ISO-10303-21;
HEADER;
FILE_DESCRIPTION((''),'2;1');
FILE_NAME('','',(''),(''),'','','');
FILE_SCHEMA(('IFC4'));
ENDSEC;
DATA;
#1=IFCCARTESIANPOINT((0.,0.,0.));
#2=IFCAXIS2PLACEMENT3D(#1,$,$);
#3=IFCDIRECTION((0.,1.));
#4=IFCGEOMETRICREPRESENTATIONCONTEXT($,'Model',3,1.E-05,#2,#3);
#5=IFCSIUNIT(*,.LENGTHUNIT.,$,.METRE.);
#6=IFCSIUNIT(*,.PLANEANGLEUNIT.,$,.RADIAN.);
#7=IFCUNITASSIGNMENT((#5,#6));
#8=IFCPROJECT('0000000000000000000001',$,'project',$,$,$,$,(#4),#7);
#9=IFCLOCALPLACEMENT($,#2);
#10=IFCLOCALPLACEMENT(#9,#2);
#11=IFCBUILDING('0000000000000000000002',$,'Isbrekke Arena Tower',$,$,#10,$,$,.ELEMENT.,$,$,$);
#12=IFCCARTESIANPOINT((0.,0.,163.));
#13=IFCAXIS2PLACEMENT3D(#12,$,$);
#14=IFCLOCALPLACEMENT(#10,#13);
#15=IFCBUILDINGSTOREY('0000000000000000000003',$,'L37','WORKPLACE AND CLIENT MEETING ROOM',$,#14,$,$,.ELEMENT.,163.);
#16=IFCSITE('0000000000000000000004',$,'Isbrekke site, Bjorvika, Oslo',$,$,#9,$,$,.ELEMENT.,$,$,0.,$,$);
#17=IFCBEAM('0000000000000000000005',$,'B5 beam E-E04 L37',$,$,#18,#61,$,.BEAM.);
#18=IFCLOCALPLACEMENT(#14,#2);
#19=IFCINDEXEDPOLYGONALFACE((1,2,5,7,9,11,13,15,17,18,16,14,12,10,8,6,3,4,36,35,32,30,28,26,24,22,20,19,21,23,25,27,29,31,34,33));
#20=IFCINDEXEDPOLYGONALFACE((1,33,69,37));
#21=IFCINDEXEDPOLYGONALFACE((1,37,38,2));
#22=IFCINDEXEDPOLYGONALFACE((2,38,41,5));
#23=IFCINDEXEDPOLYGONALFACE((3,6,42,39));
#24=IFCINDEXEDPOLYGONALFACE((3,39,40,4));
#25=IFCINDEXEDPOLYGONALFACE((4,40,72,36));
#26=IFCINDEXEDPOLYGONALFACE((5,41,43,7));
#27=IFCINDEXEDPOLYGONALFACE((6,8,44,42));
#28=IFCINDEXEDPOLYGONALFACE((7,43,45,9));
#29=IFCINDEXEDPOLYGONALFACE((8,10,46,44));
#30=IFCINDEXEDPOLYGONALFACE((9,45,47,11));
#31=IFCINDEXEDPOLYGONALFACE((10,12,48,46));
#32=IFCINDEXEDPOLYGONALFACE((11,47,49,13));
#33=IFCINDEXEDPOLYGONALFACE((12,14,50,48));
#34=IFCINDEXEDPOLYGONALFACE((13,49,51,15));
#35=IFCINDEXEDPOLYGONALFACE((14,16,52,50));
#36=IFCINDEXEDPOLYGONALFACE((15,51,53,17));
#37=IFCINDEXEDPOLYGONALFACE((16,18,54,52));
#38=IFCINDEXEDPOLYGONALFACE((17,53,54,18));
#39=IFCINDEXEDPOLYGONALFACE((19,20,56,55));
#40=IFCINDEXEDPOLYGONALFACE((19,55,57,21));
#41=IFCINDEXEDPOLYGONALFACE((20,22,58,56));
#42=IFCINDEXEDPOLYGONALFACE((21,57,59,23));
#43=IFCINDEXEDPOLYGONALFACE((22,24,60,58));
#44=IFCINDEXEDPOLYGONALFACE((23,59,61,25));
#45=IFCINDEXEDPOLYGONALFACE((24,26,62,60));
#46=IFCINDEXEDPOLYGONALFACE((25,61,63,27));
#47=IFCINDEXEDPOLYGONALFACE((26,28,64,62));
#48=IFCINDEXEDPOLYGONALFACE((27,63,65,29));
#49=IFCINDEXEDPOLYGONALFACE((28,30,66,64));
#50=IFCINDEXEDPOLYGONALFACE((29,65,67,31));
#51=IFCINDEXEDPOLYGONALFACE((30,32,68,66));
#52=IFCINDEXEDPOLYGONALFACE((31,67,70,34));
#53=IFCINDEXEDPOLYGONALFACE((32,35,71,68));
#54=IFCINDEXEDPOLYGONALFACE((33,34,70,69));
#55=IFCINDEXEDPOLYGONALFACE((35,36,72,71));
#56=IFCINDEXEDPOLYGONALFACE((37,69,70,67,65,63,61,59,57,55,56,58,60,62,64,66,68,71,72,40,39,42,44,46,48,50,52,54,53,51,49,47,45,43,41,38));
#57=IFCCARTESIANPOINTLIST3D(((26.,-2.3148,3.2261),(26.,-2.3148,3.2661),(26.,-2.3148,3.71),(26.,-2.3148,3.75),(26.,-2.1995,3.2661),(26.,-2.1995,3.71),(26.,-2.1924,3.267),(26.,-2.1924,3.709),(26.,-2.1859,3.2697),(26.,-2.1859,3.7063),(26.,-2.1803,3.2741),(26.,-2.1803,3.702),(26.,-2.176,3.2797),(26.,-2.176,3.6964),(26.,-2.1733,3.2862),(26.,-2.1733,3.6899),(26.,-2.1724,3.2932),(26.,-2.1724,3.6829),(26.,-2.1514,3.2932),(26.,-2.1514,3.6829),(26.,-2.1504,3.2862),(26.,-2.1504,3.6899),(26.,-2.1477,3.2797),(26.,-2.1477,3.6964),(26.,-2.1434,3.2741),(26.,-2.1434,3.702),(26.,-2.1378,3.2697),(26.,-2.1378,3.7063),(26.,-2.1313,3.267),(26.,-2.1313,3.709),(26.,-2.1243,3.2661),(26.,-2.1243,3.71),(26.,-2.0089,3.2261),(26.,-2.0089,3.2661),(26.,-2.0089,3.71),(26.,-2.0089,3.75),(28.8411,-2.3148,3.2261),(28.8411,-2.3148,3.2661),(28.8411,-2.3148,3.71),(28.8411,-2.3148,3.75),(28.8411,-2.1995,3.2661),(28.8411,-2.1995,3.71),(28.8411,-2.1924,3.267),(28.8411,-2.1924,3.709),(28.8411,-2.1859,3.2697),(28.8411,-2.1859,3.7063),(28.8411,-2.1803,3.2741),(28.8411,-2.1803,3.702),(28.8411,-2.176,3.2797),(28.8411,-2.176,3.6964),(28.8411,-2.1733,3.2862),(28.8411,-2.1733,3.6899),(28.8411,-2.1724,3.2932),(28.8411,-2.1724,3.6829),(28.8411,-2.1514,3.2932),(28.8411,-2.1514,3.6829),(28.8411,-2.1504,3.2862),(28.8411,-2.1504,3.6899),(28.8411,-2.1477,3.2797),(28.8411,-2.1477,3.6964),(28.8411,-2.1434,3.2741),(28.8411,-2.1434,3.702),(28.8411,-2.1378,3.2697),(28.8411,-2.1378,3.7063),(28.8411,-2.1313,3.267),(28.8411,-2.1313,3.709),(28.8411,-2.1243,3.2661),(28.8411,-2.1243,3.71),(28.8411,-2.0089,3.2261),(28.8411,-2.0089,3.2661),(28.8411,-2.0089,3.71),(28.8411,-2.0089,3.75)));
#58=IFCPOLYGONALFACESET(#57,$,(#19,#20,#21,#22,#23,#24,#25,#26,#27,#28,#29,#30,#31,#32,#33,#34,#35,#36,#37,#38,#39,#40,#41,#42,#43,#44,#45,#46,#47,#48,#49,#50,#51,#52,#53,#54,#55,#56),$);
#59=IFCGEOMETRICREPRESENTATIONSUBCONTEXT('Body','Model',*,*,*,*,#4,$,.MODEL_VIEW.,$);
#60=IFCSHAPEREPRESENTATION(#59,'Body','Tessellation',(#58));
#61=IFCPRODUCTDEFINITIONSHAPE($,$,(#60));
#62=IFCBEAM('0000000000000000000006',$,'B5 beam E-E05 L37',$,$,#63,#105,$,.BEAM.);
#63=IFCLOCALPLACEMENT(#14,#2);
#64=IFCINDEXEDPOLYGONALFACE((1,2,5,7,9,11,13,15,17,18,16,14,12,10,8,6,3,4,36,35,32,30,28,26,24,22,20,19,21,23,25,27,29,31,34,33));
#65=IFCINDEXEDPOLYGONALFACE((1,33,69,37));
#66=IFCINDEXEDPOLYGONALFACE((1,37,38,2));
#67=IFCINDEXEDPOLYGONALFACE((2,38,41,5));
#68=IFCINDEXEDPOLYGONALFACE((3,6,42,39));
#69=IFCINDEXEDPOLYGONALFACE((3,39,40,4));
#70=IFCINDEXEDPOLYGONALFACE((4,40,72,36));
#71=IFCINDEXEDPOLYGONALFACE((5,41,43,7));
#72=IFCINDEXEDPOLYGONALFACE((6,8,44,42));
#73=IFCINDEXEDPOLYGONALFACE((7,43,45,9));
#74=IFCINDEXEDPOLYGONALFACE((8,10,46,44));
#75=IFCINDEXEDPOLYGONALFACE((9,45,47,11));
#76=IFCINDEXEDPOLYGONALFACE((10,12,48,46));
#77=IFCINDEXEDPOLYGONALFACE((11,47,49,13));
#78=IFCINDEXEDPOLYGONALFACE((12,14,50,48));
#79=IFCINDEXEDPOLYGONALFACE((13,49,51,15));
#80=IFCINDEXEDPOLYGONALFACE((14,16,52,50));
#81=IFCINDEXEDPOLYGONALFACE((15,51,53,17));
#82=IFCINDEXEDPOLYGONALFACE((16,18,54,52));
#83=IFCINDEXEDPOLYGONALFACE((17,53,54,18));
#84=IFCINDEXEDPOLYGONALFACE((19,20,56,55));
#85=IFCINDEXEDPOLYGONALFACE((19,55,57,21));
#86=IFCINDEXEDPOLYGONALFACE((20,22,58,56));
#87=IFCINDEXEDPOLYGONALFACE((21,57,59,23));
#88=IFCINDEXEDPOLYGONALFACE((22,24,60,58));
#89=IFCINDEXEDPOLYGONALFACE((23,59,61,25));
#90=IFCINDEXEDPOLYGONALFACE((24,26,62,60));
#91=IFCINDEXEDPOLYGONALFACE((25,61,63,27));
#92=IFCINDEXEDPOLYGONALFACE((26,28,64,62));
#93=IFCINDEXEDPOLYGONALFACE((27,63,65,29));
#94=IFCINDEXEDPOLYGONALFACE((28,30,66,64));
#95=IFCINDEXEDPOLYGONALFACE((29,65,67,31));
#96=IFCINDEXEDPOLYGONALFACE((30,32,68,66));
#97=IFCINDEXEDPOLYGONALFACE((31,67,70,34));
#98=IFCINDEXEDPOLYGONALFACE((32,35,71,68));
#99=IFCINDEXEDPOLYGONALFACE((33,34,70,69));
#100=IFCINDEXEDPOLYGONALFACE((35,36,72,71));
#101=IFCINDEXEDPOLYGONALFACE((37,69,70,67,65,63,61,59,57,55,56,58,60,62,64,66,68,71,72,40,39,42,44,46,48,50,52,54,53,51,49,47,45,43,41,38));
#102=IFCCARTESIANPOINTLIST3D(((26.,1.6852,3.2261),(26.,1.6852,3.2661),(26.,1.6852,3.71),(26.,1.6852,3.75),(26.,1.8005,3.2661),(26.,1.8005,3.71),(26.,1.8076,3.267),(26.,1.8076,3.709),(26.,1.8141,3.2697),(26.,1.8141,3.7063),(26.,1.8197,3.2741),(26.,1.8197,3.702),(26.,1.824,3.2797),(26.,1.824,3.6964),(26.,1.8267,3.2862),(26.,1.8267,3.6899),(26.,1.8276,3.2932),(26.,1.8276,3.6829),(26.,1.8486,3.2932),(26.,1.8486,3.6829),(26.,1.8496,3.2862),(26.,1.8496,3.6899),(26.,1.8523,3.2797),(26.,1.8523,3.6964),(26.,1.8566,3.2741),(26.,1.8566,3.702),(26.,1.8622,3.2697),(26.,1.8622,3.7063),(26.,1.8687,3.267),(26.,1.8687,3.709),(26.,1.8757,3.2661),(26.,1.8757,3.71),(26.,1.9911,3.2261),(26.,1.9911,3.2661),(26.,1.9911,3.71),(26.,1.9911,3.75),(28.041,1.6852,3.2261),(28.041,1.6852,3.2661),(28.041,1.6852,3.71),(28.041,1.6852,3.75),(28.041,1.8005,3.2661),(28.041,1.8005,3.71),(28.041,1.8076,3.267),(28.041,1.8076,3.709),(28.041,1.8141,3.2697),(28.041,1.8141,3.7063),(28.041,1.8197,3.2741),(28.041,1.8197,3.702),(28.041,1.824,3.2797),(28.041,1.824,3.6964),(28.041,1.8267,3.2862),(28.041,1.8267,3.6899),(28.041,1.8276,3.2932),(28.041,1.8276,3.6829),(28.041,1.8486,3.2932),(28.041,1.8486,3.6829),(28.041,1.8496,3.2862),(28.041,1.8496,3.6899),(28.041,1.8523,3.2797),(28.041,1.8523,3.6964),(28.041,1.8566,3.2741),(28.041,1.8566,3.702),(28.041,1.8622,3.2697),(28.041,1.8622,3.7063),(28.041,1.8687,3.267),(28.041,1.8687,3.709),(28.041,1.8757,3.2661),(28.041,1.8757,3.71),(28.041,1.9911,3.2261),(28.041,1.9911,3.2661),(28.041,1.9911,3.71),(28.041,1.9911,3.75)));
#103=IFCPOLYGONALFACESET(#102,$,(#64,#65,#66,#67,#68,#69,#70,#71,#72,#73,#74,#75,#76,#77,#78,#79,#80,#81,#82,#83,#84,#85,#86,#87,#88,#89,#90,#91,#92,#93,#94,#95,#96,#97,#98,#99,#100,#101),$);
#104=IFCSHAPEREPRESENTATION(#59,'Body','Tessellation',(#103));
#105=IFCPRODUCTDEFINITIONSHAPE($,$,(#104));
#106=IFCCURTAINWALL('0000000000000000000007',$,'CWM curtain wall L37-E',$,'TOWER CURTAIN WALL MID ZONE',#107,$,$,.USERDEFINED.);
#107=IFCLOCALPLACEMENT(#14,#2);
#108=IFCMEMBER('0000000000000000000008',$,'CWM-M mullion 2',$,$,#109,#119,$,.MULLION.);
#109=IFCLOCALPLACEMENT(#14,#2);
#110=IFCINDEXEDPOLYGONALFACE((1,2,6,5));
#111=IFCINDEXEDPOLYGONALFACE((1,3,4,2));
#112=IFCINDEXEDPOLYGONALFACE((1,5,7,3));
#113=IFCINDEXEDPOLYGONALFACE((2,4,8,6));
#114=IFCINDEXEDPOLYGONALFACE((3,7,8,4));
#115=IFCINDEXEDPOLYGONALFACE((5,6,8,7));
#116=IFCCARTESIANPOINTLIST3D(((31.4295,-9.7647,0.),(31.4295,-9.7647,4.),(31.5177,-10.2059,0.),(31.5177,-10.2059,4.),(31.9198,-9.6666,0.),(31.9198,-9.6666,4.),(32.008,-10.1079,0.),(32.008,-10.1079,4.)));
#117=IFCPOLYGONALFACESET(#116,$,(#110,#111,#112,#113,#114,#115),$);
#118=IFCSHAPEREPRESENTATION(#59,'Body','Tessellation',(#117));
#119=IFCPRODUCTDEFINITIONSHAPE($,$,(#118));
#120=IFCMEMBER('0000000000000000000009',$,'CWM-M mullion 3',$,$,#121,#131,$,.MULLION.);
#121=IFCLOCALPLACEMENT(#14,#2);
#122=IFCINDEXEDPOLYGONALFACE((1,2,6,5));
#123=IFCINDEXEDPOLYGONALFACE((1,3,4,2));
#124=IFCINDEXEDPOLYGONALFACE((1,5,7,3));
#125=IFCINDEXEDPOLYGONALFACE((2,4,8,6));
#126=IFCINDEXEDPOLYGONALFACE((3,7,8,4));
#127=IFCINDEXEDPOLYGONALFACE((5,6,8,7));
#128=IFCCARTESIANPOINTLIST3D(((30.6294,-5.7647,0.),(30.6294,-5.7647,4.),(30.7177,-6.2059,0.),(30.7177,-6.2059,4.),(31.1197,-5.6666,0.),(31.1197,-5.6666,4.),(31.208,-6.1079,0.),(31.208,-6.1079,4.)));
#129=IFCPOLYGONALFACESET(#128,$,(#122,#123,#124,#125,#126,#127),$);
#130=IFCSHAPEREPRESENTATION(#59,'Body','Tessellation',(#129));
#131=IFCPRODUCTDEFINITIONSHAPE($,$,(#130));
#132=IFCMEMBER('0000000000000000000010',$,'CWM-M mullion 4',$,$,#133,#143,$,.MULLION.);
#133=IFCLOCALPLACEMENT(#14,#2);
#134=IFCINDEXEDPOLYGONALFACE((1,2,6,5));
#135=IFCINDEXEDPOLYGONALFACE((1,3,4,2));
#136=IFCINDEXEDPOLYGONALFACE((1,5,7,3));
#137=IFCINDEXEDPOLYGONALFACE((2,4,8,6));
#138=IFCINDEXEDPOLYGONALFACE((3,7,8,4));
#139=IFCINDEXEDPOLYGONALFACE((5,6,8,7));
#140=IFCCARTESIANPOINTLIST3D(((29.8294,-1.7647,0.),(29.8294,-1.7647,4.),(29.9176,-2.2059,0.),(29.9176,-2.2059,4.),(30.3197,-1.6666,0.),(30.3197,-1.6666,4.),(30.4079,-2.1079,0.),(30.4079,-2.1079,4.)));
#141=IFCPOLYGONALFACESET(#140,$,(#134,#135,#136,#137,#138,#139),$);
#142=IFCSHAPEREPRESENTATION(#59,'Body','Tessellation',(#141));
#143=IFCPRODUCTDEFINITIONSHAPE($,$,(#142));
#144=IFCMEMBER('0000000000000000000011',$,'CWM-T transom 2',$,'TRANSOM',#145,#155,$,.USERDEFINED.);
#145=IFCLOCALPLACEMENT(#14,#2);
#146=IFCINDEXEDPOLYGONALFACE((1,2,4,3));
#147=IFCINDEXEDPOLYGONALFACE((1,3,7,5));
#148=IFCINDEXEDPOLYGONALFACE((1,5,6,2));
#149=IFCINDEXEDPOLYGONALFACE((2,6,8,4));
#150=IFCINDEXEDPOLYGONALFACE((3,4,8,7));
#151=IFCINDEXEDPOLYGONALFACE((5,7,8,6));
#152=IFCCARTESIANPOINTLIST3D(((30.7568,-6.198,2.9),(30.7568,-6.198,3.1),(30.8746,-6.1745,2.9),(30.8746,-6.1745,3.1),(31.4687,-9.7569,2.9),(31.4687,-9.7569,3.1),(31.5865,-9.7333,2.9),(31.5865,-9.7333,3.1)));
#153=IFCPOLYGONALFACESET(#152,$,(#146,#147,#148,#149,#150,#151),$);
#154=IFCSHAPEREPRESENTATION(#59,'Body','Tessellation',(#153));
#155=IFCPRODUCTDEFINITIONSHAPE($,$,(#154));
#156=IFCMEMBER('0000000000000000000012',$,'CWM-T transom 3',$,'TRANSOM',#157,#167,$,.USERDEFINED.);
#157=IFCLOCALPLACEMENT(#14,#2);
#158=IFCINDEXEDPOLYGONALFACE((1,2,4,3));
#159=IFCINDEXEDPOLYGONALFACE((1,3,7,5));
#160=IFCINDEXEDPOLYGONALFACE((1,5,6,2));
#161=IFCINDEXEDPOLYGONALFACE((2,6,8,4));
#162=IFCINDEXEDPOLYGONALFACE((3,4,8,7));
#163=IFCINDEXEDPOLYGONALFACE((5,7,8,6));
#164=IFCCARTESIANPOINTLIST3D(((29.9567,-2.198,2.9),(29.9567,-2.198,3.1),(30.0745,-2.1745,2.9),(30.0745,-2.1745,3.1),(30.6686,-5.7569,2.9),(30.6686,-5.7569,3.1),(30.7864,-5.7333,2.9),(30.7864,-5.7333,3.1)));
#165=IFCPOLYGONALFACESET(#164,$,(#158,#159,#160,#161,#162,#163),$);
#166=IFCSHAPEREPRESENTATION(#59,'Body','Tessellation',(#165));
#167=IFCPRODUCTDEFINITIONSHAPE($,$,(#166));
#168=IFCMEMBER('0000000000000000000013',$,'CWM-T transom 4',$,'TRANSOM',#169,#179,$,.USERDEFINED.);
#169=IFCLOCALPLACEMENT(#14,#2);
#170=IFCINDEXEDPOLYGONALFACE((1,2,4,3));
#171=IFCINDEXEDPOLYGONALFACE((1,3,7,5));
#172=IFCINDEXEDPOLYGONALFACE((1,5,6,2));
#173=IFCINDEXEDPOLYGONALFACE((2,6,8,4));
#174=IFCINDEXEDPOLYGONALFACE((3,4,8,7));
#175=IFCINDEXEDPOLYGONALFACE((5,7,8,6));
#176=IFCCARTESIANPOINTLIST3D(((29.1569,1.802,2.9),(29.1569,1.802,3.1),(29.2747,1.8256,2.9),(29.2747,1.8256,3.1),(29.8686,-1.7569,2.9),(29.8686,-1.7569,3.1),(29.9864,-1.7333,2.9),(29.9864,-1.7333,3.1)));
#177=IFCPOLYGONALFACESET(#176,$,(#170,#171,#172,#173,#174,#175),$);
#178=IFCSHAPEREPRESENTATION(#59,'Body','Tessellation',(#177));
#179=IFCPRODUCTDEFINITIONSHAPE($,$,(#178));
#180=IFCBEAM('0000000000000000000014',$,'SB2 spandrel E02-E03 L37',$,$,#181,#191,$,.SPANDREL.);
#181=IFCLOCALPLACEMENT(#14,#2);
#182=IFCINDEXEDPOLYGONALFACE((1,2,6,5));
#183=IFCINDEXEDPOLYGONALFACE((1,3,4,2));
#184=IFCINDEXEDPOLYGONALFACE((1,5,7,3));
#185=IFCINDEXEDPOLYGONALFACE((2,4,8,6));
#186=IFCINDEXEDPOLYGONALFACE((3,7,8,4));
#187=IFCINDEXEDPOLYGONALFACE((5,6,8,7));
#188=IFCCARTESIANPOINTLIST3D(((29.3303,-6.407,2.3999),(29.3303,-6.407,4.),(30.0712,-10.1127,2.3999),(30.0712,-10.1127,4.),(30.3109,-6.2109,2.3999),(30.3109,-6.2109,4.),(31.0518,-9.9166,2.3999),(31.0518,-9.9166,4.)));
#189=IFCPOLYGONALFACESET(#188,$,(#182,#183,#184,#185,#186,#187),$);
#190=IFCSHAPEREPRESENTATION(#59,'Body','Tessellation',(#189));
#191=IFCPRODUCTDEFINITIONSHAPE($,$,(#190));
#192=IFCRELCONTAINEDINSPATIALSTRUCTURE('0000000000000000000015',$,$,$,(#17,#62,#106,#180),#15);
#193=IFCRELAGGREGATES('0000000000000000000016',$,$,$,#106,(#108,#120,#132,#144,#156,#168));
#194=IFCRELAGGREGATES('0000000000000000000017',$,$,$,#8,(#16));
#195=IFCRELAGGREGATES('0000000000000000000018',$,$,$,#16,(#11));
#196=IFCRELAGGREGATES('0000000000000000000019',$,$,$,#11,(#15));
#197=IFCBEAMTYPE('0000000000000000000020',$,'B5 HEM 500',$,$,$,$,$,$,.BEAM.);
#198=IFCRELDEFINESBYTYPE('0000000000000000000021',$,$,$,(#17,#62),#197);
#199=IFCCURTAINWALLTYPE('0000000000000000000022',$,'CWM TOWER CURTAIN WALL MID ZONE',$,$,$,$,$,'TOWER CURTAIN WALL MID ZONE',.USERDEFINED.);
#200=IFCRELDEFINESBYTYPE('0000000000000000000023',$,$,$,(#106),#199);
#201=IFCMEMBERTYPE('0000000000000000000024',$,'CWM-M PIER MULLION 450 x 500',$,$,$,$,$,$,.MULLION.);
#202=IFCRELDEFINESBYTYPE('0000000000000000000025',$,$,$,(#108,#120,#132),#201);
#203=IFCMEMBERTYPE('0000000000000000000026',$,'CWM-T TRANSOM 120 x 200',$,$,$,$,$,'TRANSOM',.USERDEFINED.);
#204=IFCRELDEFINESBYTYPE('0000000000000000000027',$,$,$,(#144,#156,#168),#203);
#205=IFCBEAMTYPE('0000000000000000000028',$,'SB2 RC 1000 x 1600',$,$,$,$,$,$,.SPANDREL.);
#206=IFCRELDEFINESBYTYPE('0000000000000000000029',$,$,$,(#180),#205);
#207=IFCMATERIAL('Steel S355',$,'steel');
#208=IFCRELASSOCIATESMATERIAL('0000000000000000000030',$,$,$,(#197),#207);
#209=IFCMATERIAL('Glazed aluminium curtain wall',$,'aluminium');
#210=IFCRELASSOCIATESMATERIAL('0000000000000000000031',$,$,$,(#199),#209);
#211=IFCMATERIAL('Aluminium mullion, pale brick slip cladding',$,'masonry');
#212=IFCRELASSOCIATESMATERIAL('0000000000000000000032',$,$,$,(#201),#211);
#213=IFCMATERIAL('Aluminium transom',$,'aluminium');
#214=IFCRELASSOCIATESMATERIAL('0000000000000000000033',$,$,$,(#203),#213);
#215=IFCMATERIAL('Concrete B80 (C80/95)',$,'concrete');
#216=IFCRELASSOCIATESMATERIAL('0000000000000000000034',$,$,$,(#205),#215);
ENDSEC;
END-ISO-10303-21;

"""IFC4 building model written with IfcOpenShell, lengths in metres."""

from ifc_helpers import new_model, si_unit, direction, frame, origin, origin_2d, place, context, subcontext, project, spatial, rectangle, i_section, extrude, material, material_profile, profile_set, type_object, element, aggregate, save


model = new_model("IFC4")

# Units and contexts
model_context = context("Model", 3, precision=1e-05, world=origin(), true_north=direction((0.0, 1.0)))
body_context = subcontext(model_context, "Body", "Model", "MODEL_VIEW")
ifc_project = project(units=[si_unit("LENGTHUNIT", "METRE"), si_unit("PLANEANGLEUNIT", "RADIAN")], contexts=[model_context])

# Site, building, storey
site_placement = place(None, origin())
site = spatial("IfcSite", under=ifc_project, at=site_placement, Name="Isbrekke site, Bjorvika, Oslo", CompositionType="ELEMENT", RefElevation=0.0)
building_placement = place(site_placement, origin())
building = spatial("IfcBuilding", under=site, at=building_placement, Name="Isbrekke Arena Tower", CompositionType="ELEMENT")
storey_placement = place(building_placement, frame((0.0, 0.0, 163.0)))
storey = spatial("IfcBuildingStorey", under=building, at=storey_placement, Name="L37", Description="WORKPLACE AND CLIENT MEETING ROOM", CompositionType="ELEMENT", Elevation=163.0)

# Beams
ifc_material_1 = material(Name="Steel S355", Category="steel")
ifc_material_profile_1 = material_profile(ifc_material_1, i_section(OverallWidth=0.3059, OverallDepth=0.5239, WebThickness=0.021, FlangeThickness=0.04, FilletRadius=0.0271, at=origin_2d()), Name="HEM 500")
ifc_profile_set_1 = profile_set([ifc_material_profile_1], Name="Steel S355")
beam_type_1 = type_object("IfcBeamType", Name="B5 HEM 500", PredefinedType="BEAM", material=ifc_profile_set_1)
beam_1_placement = place(storey_placement, frame((28.8411, -2.1619, 3.488), z_axis=(-1.0, 0.0, 0.0), x_axis=(0.0, -1.0, 0.0)))
element("IfcBeam", 1, at=beam_1_placement, inside=storey, type_object=beam_type_1, Name="B5 beam E-E04 L37", PredefinedType="BEAM", context=body_context, shape_type="SweptSolid", body=[
    extrude(i_section(OverallWidth=0.3059, OverallDepth=0.5239, WebThickness=0.021, FlangeThickness=0.04, FilletRadius=0.0271, at=origin_2d()), origin(), (0.0, 0.0, 1.0), 2.8411),
])
beam_2_placement = place(storey_placement, frame((28.041, 1.8381, 3.488), z_axis=(-1.0, 0.0, 0.0), x_axis=(0.0, -1.0, 0.0)))
element("IfcBeam", 2, at=beam_2_placement, inside=storey, type_object=beam_type_1, Name="B5 beam E-E05 L37", PredefinedType="BEAM", context=body_context, shape_type="SweptSolid", body=[
    extrude(i_section(OverallWidth=0.3059, OverallDepth=0.5239, WebThickness=0.021, FlangeThickness=0.04, FilletRadius=0.0271, at=origin_2d()), origin(), (0.0, 0.0, 1.0), 2.041),
])

# Curtain wall, members
ifc_material_2 = material(Name="Glazed aluminium curtain wall", Category="aluminium")
curtain_wall_type = type_object("IfcCurtainWallType", Name="CWM TOWER CURTAIN WALL MID ZONE", ElementType="TOWER CURTAIN WALL MID ZONE", PredefinedType="USERDEFINED", material=ifc_material_2)
curtain_wall_placement = place(storey_placement, origin())
curtain_wall = element("IfcCurtainWall", 3, at=curtain_wall_placement, inside=storey, type_object=curtain_wall_type, Name="CWM curtain wall L37-E", ObjectType="TOWER CURTAIN WALL MID ZONE", PredefinedType="USERDEFINED")
ifc_material_3 = material(Name="Aluminium mullion, pale brick slip cladding", Category="masonry")
ifc_material_profile_2 = material_profile(ifc_material_3, rectangle(XDim=0.45, YDim=0.5, at=origin_2d()), Name="PIER 450X500")
ifc_profile_set_2 = profile_set([ifc_material_profile_2], Name="Aluminium mullion, pale brick slip cladding")
member_type_1 = type_object("IfcMemberType", Name="CWM-M PIER MULLION 450 x 500", PredefinedType="MULLION", material=ifc_profile_set_2)
member_1_placement = place(storey_placement, frame((31.7188, -9.9363, 0.0), z_axis=(0.0, 0.0, 1.0), x_axis=(-0.196116, 0.980581, 0.0)))
member_1 = element("IfcMember", 4, at=member_1_placement, type_object=member_type_1, Name="CWM-M mullion 2", PredefinedType="MULLION", context=body_context, shape_type="SweptSolid", body=[
    extrude(rectangle(XDim=0.45, YDim=0.5, at=origin_2d()), origin(), (0.0, 0.0, 1.0), 4.0),
])
member_2_placement = place(storey_placement, frame((30.9187, -5.9363, 0.0), z_axis=(0.0, 0.0, 1.0), x_axis=(-0.196116, 0.980581, 0.0)))
member_2 = element("IfcMember", 5, at=member_2_placement, type_object=member_type_1, Name="CWM-M mullion 3", PredefinedType="MULLION", context=body_context, shape_type="SweptSolid", body=[
    extrude(rectangle(XDim=0.45, YDim=0.5, at=origin_2d()), origin(), (0.0, 0.0, 1.0), 4.0),
])
member_3_placement = place(storey_placement, frame((30.1187, -1.9363, 0.0), z_axis=(0.0, 0.0, 1.0), x_axis=(-0.196116, 0.980581, 0.0)))
member_3 = element("IfcMember", 6, at=member_3_placement, type_object=member_type_1, Name="CWM-M mullion 4", PredefinedType="MULLION", context=body_context, shape_type="SweptSolid", body=[
    extrude(rectangle(XDim=0.45, YDim=0.5, at=origin_2d()), origin(), (0.0, 0.0, 1.0), 4.0),
])
ifc_material_4 = material(Name="Aluminium transom", Category="aluminium")
ifc_material_profile_3 = material_profile(ifc_material_4, rectangle(XDim=0.1201, YDim=0.2, at=origin_2d()), Name="TRANSOM 120X200")
ifc_profile_set_3 = profile_set([ifc_material_profile_3], Name="Aluminium transom")
member_type_2 = type_object("IfcMemberType", Name="CWM-T TRANSOM 120 x 200", ElementType="TRANSOM", PredefinedType="USERDEFINED", material=ifc_profile_set_3)
member_4_placement = place(storey_placement, frame((31.5276, -9.7451, 3.0), z_axis=(-0.196155, 0.980573, 0.0), x_axis=(-0.980573, -0.196155, 0.0)))
member_4 = element("IfcMember", 7, at=member_4_placement, type_object=member_type_2, Name="CWM-T transom 2", ObjectType="TRANSOM", PredefinedType="USERDEFINED", context=body_context, shape_type="SweptSolid", body=[
    extrude(rectangle(XDim=0.1201, YDim=0.2, at=origin_2d()), origin(), (0.0, 0.0, 1.0), 3.6294),
])
member_5_placement = place(storey_placement, frame((30.7275, -5.7451, 3.0), z_axis=(-0.196155, 0.980573, 0.0), x_axis=(-0.980573, -0.196155, 0.0)))
member_5 = element("IfcMember", 8, at=member_5_placement, type_object=member_type_2, Name="CWM-T transom 3", ObjectType="TRANSOM", PredefinedType="USERDEFINED", context=body_context, shape_type="SweptSolid", body=[
    extrude(rectangle(XDim=0.1201, YDim=0.2, at=origin_2d()), origin(), (0.0, 0.0, 1.0), 3.6294),
])
member_6_placement = place(storey_placement, frame((29.9275, -1.7451, 3.0), z_axis=(-0.19609, 0.980586, 0.0), x_axis=(-0.980586, -0.19609, 0.0)))
member_6 = element("IfcMember", 9, at=member_6_placement, type_object=member_type_2, Name="CWM-T transom 4", ObjectType="TRANSOM", PredefinedType="USERDEFINED", context=body_context, shape_type="SweptSolid", body=[
    extrude(rectangle(XDim=0.1201, YDim=0.2, at=origin_2d()), origin(), (0.0, 0.0, 1.0), 3.6294),
])

# Beam
ifc_material_5 = material(Name="Concrete B80 (C80/95)", Category="concrete")
ifc_material_profile_4 = material_profile(ifc_material_5, rectangle(XDim=1.0, YDim=1.6001, at=origin_2d()), Name="RC 1000x1600")
ifc_profile_set_4 = profile_set([ifc_material_profile_4], Name="Concrete B80 (C80/95)")
beam_type_2 = type_object("IfcBeamType", Name="SB2 RC 1000 x 1600", PredefinedType="SPANDREL", material=ifc_profile_set_4)
beam_3_placement = place(storey_placement, frame((30.5615, -10.0146, 3.2), z_axis=(-0.196066, 0.980591, 0.0), x_axis=(-0.980591, -0.196066, 0.0)))
element("IfcBeam", 10, at=beam_3_placement, inside=storey, type_object=beam_type_2, Name="SB2 spandrel E02-E03 L37", PredefinedType="SPANDREL", context=body_context, shape_type="SweptSolid", body=[
    extrude(rectangle(XDim=1.0, YDim=1.6001, at=origin_2d()), origin(), (0.0, 0.0, 1.0), 3.7791),
])

aggregate(curtain_wall, [member_1, member_2, member_3, member_4, member_5, member_6])

save(model, "model.ifc")
